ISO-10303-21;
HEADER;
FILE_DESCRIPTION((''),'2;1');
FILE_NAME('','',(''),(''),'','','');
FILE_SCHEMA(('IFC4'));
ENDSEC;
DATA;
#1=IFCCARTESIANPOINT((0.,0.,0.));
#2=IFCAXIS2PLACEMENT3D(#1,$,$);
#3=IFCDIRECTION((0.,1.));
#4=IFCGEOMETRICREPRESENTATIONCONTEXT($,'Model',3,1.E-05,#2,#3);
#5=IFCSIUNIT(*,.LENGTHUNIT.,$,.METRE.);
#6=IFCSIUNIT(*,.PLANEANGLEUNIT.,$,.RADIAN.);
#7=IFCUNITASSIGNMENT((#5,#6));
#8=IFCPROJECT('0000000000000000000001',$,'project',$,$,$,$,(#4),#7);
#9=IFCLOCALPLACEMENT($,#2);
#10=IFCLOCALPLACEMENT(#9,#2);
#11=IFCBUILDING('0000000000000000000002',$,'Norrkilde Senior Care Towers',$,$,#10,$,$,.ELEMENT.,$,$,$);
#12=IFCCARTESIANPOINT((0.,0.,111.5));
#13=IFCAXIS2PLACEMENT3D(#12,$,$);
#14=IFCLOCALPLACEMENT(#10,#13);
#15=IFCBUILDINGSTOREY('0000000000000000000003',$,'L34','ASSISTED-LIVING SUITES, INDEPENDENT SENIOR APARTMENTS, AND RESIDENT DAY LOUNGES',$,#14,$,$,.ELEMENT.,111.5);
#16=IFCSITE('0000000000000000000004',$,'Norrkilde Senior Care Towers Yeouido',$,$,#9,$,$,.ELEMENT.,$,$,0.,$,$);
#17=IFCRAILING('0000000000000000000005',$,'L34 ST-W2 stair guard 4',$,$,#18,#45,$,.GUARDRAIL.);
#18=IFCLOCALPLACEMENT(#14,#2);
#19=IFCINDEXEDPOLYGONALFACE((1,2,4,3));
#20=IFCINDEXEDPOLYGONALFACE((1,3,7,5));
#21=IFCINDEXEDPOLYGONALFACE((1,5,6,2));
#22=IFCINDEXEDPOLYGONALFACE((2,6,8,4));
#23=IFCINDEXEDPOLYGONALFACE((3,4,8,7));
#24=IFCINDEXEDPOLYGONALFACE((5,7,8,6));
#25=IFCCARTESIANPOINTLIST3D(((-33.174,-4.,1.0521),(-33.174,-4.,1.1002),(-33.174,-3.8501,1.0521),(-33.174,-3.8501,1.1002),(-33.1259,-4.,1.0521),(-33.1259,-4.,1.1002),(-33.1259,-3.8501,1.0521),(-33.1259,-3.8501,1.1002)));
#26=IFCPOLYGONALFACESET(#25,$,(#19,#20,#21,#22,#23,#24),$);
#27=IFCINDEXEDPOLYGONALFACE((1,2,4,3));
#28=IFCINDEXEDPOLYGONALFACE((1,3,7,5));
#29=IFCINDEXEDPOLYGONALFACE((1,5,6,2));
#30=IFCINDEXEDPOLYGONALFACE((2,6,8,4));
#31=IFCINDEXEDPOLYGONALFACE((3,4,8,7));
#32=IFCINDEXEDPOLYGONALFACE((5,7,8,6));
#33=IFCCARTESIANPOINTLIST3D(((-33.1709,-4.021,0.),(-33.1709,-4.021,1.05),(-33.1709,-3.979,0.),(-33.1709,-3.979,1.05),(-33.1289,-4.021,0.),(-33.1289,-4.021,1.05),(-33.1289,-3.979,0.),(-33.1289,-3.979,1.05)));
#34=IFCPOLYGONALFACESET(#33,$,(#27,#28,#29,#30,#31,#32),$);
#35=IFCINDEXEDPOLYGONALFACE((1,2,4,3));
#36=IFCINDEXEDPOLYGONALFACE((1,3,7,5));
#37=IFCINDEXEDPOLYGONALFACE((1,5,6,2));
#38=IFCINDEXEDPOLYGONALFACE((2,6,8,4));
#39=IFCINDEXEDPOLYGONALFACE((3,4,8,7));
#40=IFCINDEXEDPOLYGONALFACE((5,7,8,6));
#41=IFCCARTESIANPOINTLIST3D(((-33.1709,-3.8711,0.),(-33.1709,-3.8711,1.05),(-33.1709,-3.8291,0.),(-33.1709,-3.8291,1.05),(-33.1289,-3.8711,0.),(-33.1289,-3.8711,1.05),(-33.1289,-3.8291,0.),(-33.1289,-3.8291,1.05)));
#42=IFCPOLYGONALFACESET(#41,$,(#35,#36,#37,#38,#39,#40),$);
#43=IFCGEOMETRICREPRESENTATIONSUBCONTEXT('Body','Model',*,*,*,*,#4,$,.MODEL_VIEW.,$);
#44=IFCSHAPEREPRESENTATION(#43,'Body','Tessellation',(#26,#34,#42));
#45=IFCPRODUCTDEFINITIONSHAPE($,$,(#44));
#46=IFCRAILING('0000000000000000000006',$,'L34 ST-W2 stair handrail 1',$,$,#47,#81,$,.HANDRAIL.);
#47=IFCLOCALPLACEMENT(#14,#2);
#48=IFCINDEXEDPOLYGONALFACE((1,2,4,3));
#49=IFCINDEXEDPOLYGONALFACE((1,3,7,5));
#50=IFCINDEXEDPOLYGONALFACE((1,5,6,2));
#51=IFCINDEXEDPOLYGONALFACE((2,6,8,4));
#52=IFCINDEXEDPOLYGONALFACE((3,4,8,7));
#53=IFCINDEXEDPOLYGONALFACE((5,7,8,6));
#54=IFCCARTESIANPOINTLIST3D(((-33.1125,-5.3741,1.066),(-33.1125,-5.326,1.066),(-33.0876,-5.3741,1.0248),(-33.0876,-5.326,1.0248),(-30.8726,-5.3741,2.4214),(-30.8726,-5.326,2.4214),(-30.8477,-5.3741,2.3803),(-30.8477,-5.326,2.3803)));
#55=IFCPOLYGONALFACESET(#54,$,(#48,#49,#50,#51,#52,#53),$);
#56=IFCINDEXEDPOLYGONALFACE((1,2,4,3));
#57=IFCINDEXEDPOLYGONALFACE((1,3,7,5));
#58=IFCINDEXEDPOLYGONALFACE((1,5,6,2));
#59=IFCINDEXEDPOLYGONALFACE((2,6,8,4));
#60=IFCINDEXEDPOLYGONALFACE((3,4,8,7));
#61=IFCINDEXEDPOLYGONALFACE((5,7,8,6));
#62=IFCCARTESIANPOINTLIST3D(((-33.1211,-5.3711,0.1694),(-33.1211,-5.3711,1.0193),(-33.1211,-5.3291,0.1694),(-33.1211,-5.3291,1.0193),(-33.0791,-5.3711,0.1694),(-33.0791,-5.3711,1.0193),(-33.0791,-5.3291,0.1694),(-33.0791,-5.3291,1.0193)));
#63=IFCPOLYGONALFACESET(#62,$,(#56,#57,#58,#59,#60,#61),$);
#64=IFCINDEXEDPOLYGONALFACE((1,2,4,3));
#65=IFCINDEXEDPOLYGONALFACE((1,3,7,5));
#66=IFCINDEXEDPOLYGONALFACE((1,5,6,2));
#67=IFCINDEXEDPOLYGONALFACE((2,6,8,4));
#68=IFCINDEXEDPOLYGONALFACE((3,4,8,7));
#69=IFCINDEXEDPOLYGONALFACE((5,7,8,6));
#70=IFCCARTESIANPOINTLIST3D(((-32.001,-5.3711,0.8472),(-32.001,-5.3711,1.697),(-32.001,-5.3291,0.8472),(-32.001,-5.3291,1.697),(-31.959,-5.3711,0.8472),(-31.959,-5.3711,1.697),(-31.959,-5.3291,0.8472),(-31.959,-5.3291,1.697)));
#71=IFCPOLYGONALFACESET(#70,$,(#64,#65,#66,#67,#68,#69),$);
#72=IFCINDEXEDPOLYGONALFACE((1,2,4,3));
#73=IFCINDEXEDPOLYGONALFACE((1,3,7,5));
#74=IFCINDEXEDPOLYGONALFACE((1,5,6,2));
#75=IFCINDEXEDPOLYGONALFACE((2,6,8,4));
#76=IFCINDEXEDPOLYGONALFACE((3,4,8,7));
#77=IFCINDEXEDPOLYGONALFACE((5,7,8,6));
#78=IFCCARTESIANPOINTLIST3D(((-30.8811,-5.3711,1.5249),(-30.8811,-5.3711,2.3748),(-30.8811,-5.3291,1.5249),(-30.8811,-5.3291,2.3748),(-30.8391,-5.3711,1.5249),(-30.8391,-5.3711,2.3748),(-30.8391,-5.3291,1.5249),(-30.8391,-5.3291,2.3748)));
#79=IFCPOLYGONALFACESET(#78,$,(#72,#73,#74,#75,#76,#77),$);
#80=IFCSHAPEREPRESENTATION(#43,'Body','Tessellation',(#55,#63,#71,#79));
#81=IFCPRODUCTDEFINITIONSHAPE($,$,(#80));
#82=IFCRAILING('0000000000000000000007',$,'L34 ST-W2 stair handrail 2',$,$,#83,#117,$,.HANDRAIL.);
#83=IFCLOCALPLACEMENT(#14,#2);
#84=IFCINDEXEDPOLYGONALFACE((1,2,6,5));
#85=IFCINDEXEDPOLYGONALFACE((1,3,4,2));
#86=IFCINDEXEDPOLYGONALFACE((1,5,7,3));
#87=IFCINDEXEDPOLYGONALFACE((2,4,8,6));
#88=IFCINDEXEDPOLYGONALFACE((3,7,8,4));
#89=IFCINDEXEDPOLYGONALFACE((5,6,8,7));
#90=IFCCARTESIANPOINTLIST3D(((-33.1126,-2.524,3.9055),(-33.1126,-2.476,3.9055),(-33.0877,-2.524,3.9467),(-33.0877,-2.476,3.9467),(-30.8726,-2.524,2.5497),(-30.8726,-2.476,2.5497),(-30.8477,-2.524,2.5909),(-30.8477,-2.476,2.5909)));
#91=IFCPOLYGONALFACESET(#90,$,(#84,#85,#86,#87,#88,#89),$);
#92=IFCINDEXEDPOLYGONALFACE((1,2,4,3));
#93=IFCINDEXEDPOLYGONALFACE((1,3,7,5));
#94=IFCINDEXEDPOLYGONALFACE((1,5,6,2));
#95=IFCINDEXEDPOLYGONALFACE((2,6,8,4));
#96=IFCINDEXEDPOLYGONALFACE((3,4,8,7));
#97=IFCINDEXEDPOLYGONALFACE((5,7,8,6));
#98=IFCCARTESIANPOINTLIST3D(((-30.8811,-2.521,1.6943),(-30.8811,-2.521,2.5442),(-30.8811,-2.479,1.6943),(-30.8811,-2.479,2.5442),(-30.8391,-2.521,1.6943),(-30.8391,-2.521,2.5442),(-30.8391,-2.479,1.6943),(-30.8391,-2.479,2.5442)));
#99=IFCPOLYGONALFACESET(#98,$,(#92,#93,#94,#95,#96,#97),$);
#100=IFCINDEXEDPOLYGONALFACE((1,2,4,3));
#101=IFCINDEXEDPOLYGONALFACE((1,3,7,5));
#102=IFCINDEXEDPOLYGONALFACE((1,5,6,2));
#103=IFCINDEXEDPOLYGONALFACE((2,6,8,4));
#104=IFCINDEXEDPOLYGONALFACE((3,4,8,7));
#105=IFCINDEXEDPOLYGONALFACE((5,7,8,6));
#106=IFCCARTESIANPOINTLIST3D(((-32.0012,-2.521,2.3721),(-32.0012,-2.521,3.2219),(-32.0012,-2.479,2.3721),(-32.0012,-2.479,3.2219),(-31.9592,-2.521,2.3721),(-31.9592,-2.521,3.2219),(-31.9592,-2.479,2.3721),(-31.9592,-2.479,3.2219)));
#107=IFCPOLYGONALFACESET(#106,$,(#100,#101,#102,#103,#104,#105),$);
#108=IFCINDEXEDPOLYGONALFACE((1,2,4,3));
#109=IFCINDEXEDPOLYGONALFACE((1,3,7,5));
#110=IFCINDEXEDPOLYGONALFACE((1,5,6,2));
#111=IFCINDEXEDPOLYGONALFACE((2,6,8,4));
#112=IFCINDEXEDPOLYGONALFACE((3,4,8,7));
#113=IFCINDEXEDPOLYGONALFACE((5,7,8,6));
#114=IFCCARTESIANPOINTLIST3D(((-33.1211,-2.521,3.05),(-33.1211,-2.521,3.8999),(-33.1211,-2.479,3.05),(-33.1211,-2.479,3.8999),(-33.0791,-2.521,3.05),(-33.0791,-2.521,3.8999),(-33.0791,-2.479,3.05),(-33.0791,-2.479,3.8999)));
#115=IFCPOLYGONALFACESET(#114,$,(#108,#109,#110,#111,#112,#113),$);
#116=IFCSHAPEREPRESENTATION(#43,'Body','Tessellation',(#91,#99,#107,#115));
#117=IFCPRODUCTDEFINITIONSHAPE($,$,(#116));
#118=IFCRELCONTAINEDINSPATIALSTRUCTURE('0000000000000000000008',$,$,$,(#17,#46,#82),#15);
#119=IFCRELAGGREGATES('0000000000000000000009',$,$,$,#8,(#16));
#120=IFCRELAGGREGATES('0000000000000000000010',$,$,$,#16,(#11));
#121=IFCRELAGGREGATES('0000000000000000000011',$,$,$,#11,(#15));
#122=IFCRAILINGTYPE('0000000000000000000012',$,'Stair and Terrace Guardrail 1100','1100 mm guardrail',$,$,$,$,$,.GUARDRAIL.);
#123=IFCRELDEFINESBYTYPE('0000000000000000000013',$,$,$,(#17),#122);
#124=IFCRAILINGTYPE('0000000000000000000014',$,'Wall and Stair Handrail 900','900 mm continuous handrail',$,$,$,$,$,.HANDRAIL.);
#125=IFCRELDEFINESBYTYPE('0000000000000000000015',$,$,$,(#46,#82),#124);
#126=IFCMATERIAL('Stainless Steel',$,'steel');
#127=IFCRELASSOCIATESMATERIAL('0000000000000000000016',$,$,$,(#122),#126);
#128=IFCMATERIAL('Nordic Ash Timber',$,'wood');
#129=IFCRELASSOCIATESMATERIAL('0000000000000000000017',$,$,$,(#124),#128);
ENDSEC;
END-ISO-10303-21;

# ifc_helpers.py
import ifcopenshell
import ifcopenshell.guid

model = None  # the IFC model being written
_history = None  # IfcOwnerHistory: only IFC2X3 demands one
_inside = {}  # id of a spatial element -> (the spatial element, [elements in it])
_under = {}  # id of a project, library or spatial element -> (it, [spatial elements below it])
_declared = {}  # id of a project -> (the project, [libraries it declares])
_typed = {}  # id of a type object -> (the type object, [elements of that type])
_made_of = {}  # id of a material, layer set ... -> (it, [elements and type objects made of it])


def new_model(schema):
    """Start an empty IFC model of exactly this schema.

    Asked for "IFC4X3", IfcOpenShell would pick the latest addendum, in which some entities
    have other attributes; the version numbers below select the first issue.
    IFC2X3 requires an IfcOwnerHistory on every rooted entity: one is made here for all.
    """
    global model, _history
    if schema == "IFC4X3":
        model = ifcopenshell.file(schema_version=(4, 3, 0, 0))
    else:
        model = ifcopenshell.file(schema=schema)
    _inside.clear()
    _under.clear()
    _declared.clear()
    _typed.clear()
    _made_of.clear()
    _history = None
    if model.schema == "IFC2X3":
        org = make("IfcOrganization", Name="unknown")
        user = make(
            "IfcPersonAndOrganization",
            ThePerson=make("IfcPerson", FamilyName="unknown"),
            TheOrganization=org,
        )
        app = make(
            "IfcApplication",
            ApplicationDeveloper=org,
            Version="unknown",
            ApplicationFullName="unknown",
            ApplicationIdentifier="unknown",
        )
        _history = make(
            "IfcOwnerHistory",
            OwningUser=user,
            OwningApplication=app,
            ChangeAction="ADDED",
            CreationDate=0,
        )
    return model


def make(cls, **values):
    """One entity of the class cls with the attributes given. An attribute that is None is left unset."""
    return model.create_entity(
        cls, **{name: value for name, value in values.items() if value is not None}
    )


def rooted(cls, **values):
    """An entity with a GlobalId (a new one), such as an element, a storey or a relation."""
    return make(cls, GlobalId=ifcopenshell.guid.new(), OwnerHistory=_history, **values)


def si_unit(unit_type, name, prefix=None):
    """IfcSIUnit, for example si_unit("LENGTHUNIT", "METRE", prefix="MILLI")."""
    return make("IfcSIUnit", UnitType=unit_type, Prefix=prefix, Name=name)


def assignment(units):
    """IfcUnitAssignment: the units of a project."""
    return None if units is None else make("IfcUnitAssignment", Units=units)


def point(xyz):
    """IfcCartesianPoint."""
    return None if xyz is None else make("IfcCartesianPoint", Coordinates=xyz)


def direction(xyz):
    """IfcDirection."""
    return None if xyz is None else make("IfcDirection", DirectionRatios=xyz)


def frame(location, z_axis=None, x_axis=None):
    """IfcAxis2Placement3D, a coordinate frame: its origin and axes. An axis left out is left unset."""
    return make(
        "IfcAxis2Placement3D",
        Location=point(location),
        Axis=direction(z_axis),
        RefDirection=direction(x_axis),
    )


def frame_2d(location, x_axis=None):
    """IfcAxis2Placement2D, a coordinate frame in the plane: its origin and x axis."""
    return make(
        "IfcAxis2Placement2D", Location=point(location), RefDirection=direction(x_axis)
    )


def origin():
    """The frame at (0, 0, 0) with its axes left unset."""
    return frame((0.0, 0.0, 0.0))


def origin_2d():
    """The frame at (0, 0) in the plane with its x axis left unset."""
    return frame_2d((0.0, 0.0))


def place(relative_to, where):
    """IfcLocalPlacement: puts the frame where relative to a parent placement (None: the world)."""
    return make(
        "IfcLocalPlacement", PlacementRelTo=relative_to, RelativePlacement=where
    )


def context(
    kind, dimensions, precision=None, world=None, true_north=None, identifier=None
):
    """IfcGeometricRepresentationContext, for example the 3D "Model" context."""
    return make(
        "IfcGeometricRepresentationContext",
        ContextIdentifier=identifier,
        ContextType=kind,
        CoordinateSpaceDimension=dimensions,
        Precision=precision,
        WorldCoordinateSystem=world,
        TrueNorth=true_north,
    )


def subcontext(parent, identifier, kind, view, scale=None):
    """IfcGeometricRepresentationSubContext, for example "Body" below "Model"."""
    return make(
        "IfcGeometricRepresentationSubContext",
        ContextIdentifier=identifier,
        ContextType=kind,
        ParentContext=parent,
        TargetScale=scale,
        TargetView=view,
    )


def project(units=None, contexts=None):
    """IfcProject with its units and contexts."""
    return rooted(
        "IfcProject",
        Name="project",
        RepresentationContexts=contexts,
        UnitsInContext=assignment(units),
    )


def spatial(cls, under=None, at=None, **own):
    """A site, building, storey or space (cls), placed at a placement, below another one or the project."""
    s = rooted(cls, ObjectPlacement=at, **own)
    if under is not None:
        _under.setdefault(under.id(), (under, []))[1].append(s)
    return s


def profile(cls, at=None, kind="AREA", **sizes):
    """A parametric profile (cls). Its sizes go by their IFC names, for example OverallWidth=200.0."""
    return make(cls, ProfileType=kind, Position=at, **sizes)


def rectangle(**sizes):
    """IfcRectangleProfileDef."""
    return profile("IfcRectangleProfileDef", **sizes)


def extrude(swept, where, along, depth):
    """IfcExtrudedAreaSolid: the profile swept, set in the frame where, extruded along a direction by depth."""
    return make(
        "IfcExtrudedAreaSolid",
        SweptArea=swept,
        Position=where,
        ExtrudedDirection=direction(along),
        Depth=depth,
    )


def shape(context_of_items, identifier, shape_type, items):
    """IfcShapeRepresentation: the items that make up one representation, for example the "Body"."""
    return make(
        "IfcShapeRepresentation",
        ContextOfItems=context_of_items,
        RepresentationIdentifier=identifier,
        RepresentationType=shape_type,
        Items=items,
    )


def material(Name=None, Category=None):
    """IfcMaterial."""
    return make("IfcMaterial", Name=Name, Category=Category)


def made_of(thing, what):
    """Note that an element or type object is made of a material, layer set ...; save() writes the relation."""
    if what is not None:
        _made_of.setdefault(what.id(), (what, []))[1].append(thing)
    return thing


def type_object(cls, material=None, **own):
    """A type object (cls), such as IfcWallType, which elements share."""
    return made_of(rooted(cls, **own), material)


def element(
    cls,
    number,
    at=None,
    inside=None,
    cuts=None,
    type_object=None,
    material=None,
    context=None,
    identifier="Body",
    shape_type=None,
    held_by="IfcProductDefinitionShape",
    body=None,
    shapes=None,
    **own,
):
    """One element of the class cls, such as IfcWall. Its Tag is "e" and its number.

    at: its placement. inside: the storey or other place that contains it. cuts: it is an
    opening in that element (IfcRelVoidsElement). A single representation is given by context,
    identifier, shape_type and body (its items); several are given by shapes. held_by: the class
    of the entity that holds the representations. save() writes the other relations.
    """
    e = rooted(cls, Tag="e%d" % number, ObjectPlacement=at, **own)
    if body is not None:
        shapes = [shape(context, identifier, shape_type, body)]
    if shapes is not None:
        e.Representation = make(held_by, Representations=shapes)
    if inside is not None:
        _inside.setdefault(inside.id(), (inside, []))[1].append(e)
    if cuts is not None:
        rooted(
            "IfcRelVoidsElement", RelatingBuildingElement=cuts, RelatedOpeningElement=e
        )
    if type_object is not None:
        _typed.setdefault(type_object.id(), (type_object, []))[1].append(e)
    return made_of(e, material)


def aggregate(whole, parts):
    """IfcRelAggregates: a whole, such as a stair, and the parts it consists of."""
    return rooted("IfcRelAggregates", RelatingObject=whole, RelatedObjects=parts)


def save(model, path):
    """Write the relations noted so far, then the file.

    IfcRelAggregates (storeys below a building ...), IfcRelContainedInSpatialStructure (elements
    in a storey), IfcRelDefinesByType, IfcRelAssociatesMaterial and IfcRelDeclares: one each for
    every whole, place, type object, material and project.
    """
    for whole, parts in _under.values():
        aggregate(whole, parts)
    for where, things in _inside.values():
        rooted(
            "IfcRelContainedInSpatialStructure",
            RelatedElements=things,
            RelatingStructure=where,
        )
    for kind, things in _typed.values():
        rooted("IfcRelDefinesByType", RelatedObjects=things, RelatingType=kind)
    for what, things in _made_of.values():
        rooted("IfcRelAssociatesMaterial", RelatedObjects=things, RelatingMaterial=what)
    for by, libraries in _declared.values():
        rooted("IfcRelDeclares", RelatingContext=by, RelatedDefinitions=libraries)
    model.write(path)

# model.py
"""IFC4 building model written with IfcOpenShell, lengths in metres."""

from ifc_helpers import new_model, si_unit, direction, frame, origin, origin_2d, place, context, subcontext, project, spatial, rectangle, extrude, material, type_object, element, save


model = new_model("IFC4")

# Units and contexts
model_context = context("Model", 3, precision=1e-05, world=origin(), true_north=direction((0.0, 1.0)))
body_context = subcontext(model_context, "Body", "Model", "MODEL_VIEW")
ifc_project = project(units=[si_unit("LENGTHUNIT", "METRE"), si_unit("PLANEANGLEUNIT", "RADIAN")], contexts=[model_context])

# Site, building, storey
site_placement = place(None, origin())
site = spatial("IfcSite", under=ifc_project, at=site_placement, Name="Norrkilde Senior Care Towers Yeouido", CompositionType="ELEMENT", RefElevation=0.0)
building_placement = place(site_placement, origin())
building = spatial("IfcBuilding", under=site, at=building_placement, Name="Norrkilde Senior Care Towers", CompositionType="ELEMENT")
storey_placement = place(building_placement, frame((0.0, 0.0, 111.5)))
storey = spatial("IfcBuildingStorey", under=building, at=storey_placement, Name="L34", Description="ASSISTED-LIVING SUITES, INDEPENDENT SENIOR APARTMENTS, AND RESIDENT DAY LOUNGES", CompositionType="ELEMENT", Elevation=111.5)

# Railings
ifc_material_1 = material(Name="Stainless Steel", Category="steel")
railing_type_1 = type_object("IfcRailingType", Name="Stair and Terrace Guardrail 1100", Description="1100 mm guardrail", PredefinedType="GUARDRAIL", material=ifc_material_1)
railing_1_placement = place(storey_placement, frame((-33.1499, -4.0, 0.0)))
element("IfcRailing", 1, at=railing_1_placement, inside=storey, type_object=railing_type_1, Name="L34 ST-W2 stair guard 4", PredefinedType="GUARDRAIL", context=body_context, shape_type="SweptSolid", body=[
    extrude(rectangle(XDim=0.0481, YDim=0.0481, at=origin_2d()), frame((0.0, 0.0, 1.0762), z_axis=(0.0, 1.0, 0.0), x_axis=(-1.0, 0.0, 0.0)), (0.0, 0.0, 1.0), 0.1499),
    extrude(rectangle(XDim=0.042, YDim=0.042, at=origin_2d()), origin(), (0.0, 0.0, 1.0), 1.05),
    extrude(rectangle(XDim=0.042, YDim=0.042, at=origin_2d()), frame((0.0, 0.1499, 0.0)), (0.0, 0.0, 1.0), 1.05),
])
ifc_material_2 = material(Name="Nordic Ash Timber", Category="wood")
railing_type_2 = type_object("IfcRailingType", Name="Wall and Stair Handrail 900", Description="900 mm continuous handrail", PredefinedType="HANDRAIL", material=ifc_material_2)
railing_2_placement = place(storey_placement, frame((-33.1001, -5.3501, 0.1694)))
element("IfcRailing", 2, at=railing_2_placement, inside=storey, type_object=railing_type_2, Name="L34 ST-W2 stair handrail 1", PredefinedType="HANDRAIL", context=body_context, shape_type="SweptSolid", body=[
    extrude(rectangle(XDim=0.0481, YDim=0.0481, at=origin_2d()), frame((0.0, 0.0, 0.876), z_axis=(0.855553, 0.0, 0.517715), x_axis=(0.0, 1.0, 0.0)), (0.0, 0.0, 1.0), 2.6182),
    extrude(rectangle(XDim=0.042, YDim=0.042, at=origin_2d()), origin(), (0.0, 0.0, 1.0), 0.8499),
    extrude(rectangle(XDim=0.042, YDim=0.042, at=origin_2d()), frame((1.1201, 0.0, 0.6777)), (0.0, 0.0, 1.0), 0.8499),
    extrude(rectangle(XDim=0.042, YDim=0.042, at=origin_2d()), frame((2.24, 0.0, 1.3555)), (0.0, 0.0, 1.0), 0.8499),
])
railing_3_placement = place(storey_placement, frame((-30.8601, -2.5, 1.6943)))
element("IfcRailing", 3, at=railing_3_placement, inside=storey, type_object=railing_type_2, Name="L34 ST-W2 stair handrail 2", PredefinedType="HANDRAIL", context=body_context, shape_type="SweptSolid", body=[
    extrude(rectangle(XDim=0.0481, YDim=0.0481, at=origin_2d()), frame((0.0, 0.0, 0.876), z_axis=(-0.855512, 0.0, 0.517783), x_axis=(0.0, -1.0, 0.0)), (0.0, 0.0, 1.0), 2.6184),
    extrude(rectangle(XDim=0.042, YDim=0.042, at=origin_2d()), origin(), (0.0, 0.0, 1.0), 0.8499),
    extrude(rectangle(XDim=0.042, YDim=0.042, at=origin_2d()), frame((-1.1201, 0.0, 0.6777)), (0.0, 0.0, 1.0), 0.8499),
    extrude(rectangle(XDim=0.042, YDim=0.042, at=origin_2d()), frame((-2.24, 0.0, 1.3557)), (0.0, 0.0, 1.0), 0.8499),
])

save(model, "model.ifc")
